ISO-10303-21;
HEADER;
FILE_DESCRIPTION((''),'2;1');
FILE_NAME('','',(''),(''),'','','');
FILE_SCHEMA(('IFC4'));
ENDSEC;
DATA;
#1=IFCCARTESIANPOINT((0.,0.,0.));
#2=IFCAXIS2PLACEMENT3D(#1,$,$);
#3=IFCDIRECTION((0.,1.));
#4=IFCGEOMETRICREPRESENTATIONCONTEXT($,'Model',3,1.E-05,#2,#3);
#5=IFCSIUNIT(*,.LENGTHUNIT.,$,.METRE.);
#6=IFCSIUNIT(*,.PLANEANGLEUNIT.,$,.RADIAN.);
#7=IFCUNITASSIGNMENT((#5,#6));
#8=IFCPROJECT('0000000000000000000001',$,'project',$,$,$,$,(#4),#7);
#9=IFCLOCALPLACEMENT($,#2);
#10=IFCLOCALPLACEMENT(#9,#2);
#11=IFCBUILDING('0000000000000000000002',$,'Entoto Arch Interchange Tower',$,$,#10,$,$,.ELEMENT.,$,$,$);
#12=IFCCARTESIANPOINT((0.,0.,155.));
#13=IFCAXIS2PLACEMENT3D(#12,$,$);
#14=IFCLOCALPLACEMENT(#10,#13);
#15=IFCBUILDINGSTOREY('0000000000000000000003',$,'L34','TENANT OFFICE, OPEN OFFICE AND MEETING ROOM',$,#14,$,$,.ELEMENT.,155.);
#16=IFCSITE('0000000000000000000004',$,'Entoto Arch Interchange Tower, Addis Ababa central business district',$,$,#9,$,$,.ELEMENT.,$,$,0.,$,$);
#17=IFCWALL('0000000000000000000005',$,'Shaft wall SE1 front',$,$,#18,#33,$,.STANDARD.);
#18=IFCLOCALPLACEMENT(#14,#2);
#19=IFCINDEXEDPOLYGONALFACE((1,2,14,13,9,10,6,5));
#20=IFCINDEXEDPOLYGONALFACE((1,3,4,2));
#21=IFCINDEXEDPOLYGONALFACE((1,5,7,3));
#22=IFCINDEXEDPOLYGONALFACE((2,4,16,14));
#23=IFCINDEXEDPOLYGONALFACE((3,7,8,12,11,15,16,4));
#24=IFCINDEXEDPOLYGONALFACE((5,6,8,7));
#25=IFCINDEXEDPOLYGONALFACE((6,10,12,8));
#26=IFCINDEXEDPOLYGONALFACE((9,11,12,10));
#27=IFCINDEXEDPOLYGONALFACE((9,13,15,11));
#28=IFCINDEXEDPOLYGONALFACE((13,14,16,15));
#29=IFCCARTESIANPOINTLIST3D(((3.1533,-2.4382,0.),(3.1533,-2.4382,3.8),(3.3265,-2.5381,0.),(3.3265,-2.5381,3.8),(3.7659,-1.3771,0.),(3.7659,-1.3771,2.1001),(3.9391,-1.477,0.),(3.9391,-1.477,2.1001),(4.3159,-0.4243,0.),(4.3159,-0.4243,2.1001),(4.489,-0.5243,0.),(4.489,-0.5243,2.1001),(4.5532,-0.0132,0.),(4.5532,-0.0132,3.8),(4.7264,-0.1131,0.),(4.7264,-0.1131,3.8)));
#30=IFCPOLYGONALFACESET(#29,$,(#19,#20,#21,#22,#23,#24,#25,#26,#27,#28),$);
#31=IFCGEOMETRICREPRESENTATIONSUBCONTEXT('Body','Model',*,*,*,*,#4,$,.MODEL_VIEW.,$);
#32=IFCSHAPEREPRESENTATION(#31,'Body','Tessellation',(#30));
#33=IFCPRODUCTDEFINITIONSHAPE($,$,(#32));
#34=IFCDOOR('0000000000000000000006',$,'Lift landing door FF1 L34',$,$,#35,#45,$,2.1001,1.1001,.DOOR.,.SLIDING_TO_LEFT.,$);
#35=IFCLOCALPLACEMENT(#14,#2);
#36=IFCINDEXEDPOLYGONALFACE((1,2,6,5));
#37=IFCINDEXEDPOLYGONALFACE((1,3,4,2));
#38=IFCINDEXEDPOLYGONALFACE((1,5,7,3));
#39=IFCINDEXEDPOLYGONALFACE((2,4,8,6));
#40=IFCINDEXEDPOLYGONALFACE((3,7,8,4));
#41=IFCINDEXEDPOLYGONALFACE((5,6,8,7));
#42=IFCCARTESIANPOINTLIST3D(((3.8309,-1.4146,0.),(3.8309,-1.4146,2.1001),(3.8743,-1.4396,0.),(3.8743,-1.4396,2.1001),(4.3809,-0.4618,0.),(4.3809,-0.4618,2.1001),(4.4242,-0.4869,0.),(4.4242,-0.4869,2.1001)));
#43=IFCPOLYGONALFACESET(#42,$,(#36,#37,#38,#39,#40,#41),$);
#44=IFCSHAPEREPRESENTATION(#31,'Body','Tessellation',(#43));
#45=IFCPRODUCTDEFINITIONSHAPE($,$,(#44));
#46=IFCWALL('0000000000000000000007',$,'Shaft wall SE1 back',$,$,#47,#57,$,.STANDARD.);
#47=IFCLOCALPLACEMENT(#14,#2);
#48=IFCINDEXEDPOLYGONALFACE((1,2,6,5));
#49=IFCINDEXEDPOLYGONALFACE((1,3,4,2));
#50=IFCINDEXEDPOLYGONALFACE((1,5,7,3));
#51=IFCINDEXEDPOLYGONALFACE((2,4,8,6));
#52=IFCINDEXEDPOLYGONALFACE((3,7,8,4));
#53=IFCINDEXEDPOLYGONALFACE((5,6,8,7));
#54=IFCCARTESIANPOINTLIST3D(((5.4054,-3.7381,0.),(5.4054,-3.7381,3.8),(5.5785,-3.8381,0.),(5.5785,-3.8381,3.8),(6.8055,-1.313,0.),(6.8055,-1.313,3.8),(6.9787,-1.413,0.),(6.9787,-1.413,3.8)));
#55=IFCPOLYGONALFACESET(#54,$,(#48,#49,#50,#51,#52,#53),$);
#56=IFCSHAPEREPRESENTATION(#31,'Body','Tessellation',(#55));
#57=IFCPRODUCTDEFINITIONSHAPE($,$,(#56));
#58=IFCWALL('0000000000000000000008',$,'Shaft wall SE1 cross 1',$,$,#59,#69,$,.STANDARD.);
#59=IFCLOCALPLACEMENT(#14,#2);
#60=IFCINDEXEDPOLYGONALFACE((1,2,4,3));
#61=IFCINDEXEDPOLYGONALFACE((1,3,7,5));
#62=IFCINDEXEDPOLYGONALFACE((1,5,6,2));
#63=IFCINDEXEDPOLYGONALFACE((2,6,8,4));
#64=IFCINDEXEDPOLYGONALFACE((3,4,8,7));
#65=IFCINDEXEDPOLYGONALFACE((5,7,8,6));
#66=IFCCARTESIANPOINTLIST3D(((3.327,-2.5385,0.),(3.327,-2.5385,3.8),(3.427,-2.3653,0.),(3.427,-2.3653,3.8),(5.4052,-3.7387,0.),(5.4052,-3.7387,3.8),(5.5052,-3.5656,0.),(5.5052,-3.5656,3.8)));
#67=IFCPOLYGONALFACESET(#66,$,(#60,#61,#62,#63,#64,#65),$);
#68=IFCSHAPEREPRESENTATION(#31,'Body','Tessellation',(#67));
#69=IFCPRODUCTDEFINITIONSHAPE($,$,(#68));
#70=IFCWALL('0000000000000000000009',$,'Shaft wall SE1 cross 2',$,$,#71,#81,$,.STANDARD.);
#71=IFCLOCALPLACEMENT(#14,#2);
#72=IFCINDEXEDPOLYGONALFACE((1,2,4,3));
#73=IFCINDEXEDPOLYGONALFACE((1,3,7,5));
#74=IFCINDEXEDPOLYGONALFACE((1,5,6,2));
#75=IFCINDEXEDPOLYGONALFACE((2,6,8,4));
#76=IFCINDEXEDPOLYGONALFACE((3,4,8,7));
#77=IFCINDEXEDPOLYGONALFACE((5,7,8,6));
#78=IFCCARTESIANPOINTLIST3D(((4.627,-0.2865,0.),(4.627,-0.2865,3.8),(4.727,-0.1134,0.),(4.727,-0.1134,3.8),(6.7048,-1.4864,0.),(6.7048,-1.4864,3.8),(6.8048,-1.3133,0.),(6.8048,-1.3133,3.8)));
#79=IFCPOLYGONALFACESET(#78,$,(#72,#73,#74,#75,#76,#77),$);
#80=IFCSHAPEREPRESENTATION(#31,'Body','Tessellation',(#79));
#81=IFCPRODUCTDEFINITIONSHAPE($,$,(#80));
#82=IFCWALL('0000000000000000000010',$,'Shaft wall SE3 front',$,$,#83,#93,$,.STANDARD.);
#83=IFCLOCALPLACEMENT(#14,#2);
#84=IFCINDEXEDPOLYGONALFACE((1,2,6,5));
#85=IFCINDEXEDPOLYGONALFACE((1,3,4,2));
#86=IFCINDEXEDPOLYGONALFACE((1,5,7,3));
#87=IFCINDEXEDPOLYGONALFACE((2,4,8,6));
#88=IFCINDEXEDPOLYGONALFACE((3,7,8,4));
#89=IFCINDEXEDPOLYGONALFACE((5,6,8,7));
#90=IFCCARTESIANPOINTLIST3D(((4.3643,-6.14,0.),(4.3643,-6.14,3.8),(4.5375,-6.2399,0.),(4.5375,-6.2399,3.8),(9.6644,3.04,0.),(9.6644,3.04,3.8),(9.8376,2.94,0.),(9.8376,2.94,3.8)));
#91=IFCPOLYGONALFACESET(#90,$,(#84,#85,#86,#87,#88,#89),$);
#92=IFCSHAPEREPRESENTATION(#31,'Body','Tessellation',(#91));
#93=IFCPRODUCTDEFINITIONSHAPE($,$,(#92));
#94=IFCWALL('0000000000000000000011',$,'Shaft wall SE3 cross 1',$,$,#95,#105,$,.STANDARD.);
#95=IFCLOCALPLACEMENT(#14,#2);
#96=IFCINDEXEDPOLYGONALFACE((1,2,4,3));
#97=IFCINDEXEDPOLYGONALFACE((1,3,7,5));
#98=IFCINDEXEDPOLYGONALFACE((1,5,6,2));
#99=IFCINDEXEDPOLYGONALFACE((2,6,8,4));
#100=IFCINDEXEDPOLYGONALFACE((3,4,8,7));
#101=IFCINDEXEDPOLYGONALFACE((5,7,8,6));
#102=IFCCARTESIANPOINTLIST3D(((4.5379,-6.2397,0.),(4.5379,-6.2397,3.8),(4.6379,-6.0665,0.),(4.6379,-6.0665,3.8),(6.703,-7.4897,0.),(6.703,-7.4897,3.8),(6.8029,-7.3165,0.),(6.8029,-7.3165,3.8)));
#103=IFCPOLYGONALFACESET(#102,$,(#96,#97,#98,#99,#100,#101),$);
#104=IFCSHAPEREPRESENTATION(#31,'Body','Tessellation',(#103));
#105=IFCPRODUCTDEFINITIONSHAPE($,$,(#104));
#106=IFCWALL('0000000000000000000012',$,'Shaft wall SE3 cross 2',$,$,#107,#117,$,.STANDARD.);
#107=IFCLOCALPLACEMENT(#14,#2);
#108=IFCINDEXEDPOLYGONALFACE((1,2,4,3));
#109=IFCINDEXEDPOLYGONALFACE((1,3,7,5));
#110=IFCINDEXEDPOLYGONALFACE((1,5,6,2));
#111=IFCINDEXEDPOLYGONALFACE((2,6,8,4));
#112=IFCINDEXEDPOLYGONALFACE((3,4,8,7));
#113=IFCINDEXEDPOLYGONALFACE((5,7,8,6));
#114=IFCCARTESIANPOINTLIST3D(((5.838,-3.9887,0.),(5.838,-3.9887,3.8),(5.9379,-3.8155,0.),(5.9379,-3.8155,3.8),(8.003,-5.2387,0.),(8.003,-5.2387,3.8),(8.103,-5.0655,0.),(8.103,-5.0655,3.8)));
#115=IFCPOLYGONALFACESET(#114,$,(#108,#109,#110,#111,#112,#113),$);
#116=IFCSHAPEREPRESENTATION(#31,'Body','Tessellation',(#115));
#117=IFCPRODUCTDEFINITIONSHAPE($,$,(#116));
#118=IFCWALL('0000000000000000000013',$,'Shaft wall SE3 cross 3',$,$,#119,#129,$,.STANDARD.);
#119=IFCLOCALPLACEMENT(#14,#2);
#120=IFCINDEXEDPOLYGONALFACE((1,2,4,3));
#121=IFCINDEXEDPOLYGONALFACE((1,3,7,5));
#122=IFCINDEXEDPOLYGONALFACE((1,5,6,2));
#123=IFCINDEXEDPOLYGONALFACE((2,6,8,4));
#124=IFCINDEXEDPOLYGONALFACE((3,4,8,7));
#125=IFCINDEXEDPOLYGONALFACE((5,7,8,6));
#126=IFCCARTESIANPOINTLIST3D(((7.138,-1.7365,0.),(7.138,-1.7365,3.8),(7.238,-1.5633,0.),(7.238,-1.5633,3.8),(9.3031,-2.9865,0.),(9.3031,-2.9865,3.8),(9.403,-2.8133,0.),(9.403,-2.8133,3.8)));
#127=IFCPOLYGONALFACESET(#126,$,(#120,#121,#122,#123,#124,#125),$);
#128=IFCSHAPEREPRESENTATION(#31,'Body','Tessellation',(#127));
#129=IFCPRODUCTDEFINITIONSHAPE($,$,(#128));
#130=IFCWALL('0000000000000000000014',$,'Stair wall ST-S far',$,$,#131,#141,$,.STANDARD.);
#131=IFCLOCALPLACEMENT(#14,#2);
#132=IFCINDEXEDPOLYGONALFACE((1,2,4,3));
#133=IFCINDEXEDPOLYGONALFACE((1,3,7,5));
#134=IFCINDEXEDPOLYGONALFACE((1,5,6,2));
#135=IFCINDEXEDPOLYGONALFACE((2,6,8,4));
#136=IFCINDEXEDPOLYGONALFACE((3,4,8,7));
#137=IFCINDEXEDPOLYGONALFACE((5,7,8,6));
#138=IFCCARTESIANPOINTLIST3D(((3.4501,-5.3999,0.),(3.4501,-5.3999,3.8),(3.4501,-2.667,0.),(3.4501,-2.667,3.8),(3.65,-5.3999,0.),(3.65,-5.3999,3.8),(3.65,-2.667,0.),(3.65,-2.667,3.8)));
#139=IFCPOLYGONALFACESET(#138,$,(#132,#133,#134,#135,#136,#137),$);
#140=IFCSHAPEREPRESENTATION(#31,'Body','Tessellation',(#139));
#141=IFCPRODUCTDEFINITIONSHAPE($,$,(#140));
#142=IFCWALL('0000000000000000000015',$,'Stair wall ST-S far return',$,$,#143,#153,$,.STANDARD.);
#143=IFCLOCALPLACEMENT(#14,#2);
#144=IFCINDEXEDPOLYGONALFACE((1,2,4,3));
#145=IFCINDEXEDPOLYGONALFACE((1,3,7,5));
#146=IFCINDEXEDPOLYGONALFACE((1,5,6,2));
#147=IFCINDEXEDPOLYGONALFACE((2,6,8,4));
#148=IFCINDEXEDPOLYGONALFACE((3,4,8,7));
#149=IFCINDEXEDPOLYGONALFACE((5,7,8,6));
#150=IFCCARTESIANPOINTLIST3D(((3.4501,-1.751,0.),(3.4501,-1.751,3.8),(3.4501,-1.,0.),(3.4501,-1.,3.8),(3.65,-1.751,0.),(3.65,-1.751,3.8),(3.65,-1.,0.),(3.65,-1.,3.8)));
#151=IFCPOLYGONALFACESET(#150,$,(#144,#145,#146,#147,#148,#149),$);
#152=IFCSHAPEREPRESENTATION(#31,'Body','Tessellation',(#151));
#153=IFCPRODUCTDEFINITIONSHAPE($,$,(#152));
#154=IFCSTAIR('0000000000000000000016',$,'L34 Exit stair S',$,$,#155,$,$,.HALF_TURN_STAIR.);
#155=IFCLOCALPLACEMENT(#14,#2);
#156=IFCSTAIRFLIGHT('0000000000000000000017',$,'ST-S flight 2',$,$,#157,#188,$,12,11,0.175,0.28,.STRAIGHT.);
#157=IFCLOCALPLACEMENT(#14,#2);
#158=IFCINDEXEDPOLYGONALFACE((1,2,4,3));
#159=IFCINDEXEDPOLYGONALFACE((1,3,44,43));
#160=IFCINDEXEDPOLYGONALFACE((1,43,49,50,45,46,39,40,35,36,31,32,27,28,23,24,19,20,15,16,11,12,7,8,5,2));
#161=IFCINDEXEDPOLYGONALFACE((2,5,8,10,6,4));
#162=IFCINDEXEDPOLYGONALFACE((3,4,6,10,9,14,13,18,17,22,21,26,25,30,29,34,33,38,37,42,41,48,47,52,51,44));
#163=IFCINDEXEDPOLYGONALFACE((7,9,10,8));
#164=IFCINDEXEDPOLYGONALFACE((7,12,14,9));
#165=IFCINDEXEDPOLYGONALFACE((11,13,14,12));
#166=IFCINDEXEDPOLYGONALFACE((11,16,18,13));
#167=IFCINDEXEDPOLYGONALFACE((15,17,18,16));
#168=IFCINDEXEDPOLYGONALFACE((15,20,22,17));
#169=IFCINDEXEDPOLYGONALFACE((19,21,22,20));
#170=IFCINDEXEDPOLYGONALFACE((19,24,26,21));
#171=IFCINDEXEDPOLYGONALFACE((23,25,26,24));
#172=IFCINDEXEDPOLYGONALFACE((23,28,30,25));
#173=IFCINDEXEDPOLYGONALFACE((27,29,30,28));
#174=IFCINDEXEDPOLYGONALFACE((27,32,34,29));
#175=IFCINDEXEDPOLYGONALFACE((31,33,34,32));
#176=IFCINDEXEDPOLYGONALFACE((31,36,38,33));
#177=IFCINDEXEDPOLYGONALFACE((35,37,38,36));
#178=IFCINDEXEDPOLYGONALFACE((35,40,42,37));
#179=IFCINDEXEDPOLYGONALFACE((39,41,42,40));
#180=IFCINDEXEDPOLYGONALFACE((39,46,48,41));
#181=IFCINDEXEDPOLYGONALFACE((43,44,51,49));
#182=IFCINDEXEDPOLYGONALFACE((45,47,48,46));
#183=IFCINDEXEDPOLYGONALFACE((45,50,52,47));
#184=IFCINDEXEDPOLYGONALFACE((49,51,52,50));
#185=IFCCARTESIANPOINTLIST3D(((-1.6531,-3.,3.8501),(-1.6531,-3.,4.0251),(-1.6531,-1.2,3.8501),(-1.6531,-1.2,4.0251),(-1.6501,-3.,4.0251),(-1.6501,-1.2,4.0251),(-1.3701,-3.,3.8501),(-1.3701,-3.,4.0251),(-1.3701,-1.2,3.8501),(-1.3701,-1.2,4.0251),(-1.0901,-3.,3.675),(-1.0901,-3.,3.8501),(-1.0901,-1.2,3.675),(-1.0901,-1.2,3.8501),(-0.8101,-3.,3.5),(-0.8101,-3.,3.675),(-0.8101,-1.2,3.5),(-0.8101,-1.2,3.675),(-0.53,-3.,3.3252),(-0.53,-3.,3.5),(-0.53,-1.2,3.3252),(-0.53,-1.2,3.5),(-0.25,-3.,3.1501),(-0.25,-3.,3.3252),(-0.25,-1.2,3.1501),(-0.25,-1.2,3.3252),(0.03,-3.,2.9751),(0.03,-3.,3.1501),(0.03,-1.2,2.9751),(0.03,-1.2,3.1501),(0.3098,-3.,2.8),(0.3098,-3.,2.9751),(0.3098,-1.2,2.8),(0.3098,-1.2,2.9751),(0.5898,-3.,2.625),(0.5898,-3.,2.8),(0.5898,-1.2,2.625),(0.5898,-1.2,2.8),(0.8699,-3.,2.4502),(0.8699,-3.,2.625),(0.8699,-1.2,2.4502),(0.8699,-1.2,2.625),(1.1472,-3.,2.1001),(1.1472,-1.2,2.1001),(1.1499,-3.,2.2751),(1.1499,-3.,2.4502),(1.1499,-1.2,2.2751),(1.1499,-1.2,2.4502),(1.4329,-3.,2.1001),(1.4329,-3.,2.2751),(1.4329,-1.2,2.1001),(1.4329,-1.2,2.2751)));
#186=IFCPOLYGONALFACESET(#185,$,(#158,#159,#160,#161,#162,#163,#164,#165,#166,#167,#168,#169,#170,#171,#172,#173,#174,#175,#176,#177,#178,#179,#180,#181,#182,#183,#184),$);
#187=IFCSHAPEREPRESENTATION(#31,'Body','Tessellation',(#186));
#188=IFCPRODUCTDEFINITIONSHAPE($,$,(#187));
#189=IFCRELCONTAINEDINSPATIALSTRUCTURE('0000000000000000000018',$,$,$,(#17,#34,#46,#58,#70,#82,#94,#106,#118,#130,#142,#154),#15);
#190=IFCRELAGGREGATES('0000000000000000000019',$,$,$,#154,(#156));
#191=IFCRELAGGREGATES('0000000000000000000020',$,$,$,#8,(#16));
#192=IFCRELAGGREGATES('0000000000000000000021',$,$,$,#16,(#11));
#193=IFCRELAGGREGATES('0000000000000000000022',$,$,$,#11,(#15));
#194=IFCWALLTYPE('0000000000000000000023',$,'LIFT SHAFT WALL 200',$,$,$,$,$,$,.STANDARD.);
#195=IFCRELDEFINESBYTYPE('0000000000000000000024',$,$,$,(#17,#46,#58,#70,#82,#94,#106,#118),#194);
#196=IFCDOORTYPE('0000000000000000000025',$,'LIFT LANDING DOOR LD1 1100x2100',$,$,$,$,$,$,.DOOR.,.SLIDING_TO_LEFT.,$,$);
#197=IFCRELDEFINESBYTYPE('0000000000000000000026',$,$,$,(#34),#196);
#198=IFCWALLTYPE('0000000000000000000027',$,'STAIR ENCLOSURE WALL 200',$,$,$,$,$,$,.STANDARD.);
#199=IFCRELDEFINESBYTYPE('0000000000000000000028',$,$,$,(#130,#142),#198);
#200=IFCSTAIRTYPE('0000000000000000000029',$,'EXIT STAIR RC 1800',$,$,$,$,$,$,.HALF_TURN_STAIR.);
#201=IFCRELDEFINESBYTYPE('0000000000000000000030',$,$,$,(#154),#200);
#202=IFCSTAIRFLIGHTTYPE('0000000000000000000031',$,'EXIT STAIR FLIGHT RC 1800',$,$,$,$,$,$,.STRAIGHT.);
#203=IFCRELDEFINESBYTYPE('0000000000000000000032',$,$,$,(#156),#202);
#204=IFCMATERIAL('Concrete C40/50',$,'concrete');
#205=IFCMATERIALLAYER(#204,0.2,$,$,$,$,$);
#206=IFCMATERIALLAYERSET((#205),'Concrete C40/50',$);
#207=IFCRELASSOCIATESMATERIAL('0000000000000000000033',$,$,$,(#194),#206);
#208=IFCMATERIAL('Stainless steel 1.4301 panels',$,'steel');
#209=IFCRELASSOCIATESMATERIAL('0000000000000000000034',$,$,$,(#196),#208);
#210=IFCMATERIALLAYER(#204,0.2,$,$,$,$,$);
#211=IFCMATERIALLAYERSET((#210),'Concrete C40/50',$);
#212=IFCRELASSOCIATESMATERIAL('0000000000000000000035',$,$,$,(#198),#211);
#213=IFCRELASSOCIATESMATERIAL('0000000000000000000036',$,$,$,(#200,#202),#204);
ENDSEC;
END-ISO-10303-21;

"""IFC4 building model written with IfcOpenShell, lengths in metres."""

from ifc_helpers import new_model, si_unit, direction, frame, frame_2d, origin, place, context, subcontext, project, spatial, polyline, rectangle, outline, extrude, material, layer, layer_set, type_object, element, fill, aggregate, save


model = new_model("IFC4")

# Units and contexts
model_context = context("Model", 3, precision=1e-05, world=origin(), true_north=direction((0.0, 1.0)))
body_context = subcontext(model_context, "Body", "Model", "MODEL_VIEW")
ifc_project = project(units=[si_unit("LENGTHUNIT", "METRE"), si_unit("PLANEANGLEUNIT", "RADIAN")], contexts=[model_context])

# Site, building, storey
site_placement = place(None, origin())
site = spatial("IfcSite", under=ifc_project, at=site_placement, Name="Entoto Arch Interchange Tower, Addis Ababa central business district", CompositionType="ELEMENT", RefElevation=0.0)
building_placement = place(site_placement, origin())
building = spatial("IfcBuilding", under=site, at=building_placement, Name="Entoto Arch Interchange Tower", CompositionType="ELEMENT")
storey_placement = place(building_placement, frame((0.0, 0.0, 155.0)))
storey = spatial("IfcBuildingStorey", under=building, at=storey_placement, Name="L34", Description="TENANT OFFICE, OPEN OFFICE AND MEETING ROOM", CompositionType="ELEMENT", Elevation=155.0)

# Wall, opening, door
ifc_material_1 = material(Name="Concrete C40/50", Category="concrete")
ifc_material_2 = material(Name="Stainless steel 1.4301 panels", Category="steel")
ifc_layer_1 = layer(ifc_material_1, 0.2)
ifc_layer_set_1 = layer_set([ifc_layer_1], Name="Concrete C40/50")
wall_type_1 = type_object("IfcWallType", Name="LIFT SHAFT WALL 200", PredefinedType="STANDARD", material=ifc_layer_set_1)
wall_1_placement = place(storey_placement, frame((3.24, -2.488, 0.0), z_axis=(0.0, 0.0, 1.0), x_axis=(0.499946, 0.866056, 0.0)))
wall_1 = element("IfcWall", 1, at=wall_1_placement, inside=storey, type_object=wall_type_1, Name="Shaft wall SE1 front", PredefinedType="STANDARD", context=body_context, shape_type="SweptSolid", body=[
    extrude(rectangle(XDim=2.8, YDim=0.2, at=frame_2d((1.3999, 0.0))), origin(), (0.0, 0.0, 1.0), 3.8),
])
opening_1_placement = place(wall_1_placement, frame((1.2251, 0.0, 0.0)))
opening_1 = element("IfcOpeningElement", 2, at=opening_1_placement, cuts=wall_1, PredefinedType="OPENING", context=body_context, shape_type="SweptSolid", body=[
    extrude(rectangle(XDim=1.1001, YDim=2.1001, at=frame_2d((0.55, 1.05))), frame((0.0, 0.1099, 0.0), z_axis=(0.0, -1.0, 0.0), x_axis=(1.0, 0.0, 0.0)), (0.0, 0.0, 1.0), 0.22),
])
door_type_1 = type_object("IfcDoorType", Name="LIFT LANDING DOOR LD1 1100x2100", OperationType="SLIDING_TO_LEFT", PredefinedType="DOOR", material=ifc_material_2)
door_1_placement = place(opening_1_placement, origin())
door_1 = element("IfcDoor", 3, at=door_1_placement, inside=storey, type_object=door_type_1, Name="Lift landing door FF1 L34", OperationType="SLIDING_TO_LEFT", OverallHeight=2.1001, OverallWidth=1.1001, PredefinedType="DOOR", context=body_context, shape_type="SweptSolid", body=[
    extrude(rectangle(XDim=1.1001, YDim=2.1001, at=frame_2d((0.55, 1.05))), frame((0.0, 0.0249, 0.0), z_axis=(0.0, -1.0, 0.0), x_axis=(1.0, 0.0, 0.0)), (0.0, 0.0, 1.0), 0.05),
])
fill(opening_1, door_1)

# Walls
wall_2_placement = place(storey_placement, frame((5.4919, -3.7881, 0.0), z_axis=(0.0, 0.0, 1.0), x_axis=(0.500012, 0.866019, 0.0)))
element("IfcWall", 4, at=wall_2_placement, inside=storey, type_object=wall_type_1, Name="Shaft wall SE1 back", PredefinedType="STANDARD", context=body_context, shape_type="SweptSolid", body=[
    extrude(rectangle(XDim=2.8003, YDim=0.2, at=frame_2d((1.4001, 0.0))), origin(), (0.0, 0.0, 1.0), 3.8),
])
wall_3_placement = place(storey_placement, frame((3.377, -2.4519, 0.0), z_axis=(0.0, 0.0, 1.0), x_axis=(0.865955, -0.500122, 0.0)))
element("IfcWall", 5, at=wall_3_placement, inside=storey, type_object=wall_type_1, Name="Shaft wall SE1 cross 1", PredefinedType="STANDARD", context=body_context, shape_type="SweptSolid", body=[
    extrude(rectangle(XDim=2.3999, YDim=0.2, at=frame_2d((1.2, 0.0))), origin(), (0.0, 0.0, 1.0), 3.8),
])
wall_4_placement = place(storey_placement, frame((4.677, -0.2, 0.0), z_axis=(0.0, 0.0, 1.0), x_axis=(0.865974, -0.500089, 0.0)))
element("IfcWall", 6, at=wall_4_placement, inside=storey, type_object=wall_type_1, Name="Shaft wall SE1 cross 2", PredefinedType="STANDARD", context=body_context, shape_type="SweptSolid", body=[
    extrude(rectangle(XDim=2.3994, YDim=0.2, at=frame_2d((1.1997, 0.0))), origin(), (0.0, 0.0, 1.0), 3.8),
])
wall_5_placement = place(storey_placement, frame((4.4509, -6.1899, 0.0), z_axis=(0.0, 0.0, 1.0), x_axis=(0.500001, 0.866025, 0.0)))
element("IfcWall", 7, at=wall_5_placement, inside=storey, type_object=wall_type_1, Name="Shaft wall SE3 front", PredefinedType="STANDARD", context=body_context, shape_type="SweptSolid", body=[
    extrude(rectangle(XDim=10.6001, YDim=0.2, at=frame_2d((5.3, 0.0))), origin(), (0.0, 0.0, 1.0), 3.8),
])
for number, where, z_axis, x_axis, name in (
    (8, (4.5879, -6.1531, 0.0), (0.0, 0.0, 1.0), (0.866023, -0.500004, 0.0), "Shaft wall SE3 cross 1"),
    (9, (5.8879, -3.9021, 0.0), (0.0, 0.0, 1.0), (0.866023, -0.500004, 0.0), "Shaft wall SE3 cross 2"),
    (10, (7.188, -1.6499, 0.0), (0.0, 0.0, 1.0), (0.866023, -0.500004, 0.0), "Shaft wall SE3 cross 3"),
):
    element("IfcWall", number, at=place(storey_placement, frame(where, z_axis=z_axis, x_axis=x_axis)), inside=storey, type_object=wall_type_1, Name=name, PredefinedType="STANDARD", context=body_context, shape_type="SweptSolid", body=[
        extrude(rectangle(XDim=2.5, YDim=0.2, at=frame_2d((1.25, 0.0))), origin(), (0.0, 0.0, 1.0), 3.8),
    ])
ifc_layer_2 = layer(ifc_material_1, 0.2)
ifc_layer_set_2 = layer_set([ifc_layer_2], Name="Concrete C40/50")
wall_type_2 = type_object("IfcWallType", Name="STAIR ENCLOSURE WALL 200", PredefinedType="STANDARD", material=ifc_layer_set_2)
wall_6_placement = place(storey_placement, frame((3.55, -2.667, 0.0), z_axis=(0.0, 0.0, 1.0), x_axis=(0.0, -1.0, 0.0)))
element("IfcWall", 11, at=wall_6_placement, inside=storey, type_object=wall_type_2, Name="Stair wall ST-S far", PredefinedType="STANDARD", context=body_context, shape_type="SweptSolid", body=[
    extrude(rectangle(XDim=2.7329, YDim=0.2, at=frame_2d((1.3665, 0.0))), origin(), (0.0, 0.0, 1.0), 3.8),
])
wall_7_placement = place(storey_placement, frame((3.55, -1.0, 0.0), z_axis=(0.0, 0.0, 1.0), x_axis=(0.0, -1.0, 0.0)))
element("IfcWall", 12, at=wall_7_placement, inside=storey, type_object=wall_type_2, Name="Stair wall ST-S far return", PredefinedType="STANDARD", context=body_context, shape_type="SweptSolid", body=[
    extrude(rectangle(XDim=0.751, YDim=0.2, at=frame_2d((0.3755, 0.0))), origin(), (0.0, 0.0, 1.0), 3.8),
])

# Stair, stair flight
stair_type = type_object("IfcStairType", Name="EXIT STAIR RC 1800", PredefinedType="HALF_TURN_STAIR", material=ifc_material_1)
stair_placement = place(storey_placement, origin())
stair = element("IfcStair", 13, at=stair_placement, inside=storey, type_object=stair_type, Name="L34 Exit stair S", PredefinedType="HALF_TURN_STAIR")
stair_flight_type = type_object("IfcStairFlightType", Name="EXIT STAIR FLIGHT RC 1800", PredefinedType="STRAIGHT", material=ifc_material_1)
stair_flight_placement = place(storey_placement, frame((1.4299, -2.1001, 2.1001), z_axis=(0.0, 0.0, 1.0), x_axis=(-1.0, 0.0, 0.0)))
stair_flight = element("IfcStairFlight", 14, at=stair_flight_placement, type_object=stair_flight_type, Name="ST-S flight 2", NumberOfRisers=12, NumberOfTreads=11, PredefinedType="STRAIGHT", RiserHeight=0.175, TreadLength=0.28, context=body_context, shape_type="SweptSolid", body=[
    extrude(outline(polyline([(-0.0029, 0.0), (-0.0029, 0.175), (0.28, 0.175), (0.28, 0.3501), (0.5601, 0.3501), (0.5601, 0.5249), (0.8401, 0.5249), (0.8401, 0.7), (1.1201, 0.7), (1.1201, 0.875), (1.3999, 0.875), (1.3999, 1.05), (1.6799, 1.05), (1.6799, 1.2251), (1.96, 1.2251), (1.96, 1.3999), (2.24, 1.3999), (2.24, 1.575), (2.52, 1.575), (2.52, 1.75), (2.8, 1.75), (2.8, 1.925), (3.0801, 1.925), (3.083, 1.925), (3.083, 1.75), (0.2827, 0.0), (-0.0029, 0.0)])), frame((0.0, 0.8999, 0.0), z_axis=(0.0, -1.0, 0.0), x_axis=(1.0, 0.0, 0.0)), (0.0, 0.0, 1.0), 1.8),
])
aggregate(stair, [stair_flight])

save(model, "model.ifc")
